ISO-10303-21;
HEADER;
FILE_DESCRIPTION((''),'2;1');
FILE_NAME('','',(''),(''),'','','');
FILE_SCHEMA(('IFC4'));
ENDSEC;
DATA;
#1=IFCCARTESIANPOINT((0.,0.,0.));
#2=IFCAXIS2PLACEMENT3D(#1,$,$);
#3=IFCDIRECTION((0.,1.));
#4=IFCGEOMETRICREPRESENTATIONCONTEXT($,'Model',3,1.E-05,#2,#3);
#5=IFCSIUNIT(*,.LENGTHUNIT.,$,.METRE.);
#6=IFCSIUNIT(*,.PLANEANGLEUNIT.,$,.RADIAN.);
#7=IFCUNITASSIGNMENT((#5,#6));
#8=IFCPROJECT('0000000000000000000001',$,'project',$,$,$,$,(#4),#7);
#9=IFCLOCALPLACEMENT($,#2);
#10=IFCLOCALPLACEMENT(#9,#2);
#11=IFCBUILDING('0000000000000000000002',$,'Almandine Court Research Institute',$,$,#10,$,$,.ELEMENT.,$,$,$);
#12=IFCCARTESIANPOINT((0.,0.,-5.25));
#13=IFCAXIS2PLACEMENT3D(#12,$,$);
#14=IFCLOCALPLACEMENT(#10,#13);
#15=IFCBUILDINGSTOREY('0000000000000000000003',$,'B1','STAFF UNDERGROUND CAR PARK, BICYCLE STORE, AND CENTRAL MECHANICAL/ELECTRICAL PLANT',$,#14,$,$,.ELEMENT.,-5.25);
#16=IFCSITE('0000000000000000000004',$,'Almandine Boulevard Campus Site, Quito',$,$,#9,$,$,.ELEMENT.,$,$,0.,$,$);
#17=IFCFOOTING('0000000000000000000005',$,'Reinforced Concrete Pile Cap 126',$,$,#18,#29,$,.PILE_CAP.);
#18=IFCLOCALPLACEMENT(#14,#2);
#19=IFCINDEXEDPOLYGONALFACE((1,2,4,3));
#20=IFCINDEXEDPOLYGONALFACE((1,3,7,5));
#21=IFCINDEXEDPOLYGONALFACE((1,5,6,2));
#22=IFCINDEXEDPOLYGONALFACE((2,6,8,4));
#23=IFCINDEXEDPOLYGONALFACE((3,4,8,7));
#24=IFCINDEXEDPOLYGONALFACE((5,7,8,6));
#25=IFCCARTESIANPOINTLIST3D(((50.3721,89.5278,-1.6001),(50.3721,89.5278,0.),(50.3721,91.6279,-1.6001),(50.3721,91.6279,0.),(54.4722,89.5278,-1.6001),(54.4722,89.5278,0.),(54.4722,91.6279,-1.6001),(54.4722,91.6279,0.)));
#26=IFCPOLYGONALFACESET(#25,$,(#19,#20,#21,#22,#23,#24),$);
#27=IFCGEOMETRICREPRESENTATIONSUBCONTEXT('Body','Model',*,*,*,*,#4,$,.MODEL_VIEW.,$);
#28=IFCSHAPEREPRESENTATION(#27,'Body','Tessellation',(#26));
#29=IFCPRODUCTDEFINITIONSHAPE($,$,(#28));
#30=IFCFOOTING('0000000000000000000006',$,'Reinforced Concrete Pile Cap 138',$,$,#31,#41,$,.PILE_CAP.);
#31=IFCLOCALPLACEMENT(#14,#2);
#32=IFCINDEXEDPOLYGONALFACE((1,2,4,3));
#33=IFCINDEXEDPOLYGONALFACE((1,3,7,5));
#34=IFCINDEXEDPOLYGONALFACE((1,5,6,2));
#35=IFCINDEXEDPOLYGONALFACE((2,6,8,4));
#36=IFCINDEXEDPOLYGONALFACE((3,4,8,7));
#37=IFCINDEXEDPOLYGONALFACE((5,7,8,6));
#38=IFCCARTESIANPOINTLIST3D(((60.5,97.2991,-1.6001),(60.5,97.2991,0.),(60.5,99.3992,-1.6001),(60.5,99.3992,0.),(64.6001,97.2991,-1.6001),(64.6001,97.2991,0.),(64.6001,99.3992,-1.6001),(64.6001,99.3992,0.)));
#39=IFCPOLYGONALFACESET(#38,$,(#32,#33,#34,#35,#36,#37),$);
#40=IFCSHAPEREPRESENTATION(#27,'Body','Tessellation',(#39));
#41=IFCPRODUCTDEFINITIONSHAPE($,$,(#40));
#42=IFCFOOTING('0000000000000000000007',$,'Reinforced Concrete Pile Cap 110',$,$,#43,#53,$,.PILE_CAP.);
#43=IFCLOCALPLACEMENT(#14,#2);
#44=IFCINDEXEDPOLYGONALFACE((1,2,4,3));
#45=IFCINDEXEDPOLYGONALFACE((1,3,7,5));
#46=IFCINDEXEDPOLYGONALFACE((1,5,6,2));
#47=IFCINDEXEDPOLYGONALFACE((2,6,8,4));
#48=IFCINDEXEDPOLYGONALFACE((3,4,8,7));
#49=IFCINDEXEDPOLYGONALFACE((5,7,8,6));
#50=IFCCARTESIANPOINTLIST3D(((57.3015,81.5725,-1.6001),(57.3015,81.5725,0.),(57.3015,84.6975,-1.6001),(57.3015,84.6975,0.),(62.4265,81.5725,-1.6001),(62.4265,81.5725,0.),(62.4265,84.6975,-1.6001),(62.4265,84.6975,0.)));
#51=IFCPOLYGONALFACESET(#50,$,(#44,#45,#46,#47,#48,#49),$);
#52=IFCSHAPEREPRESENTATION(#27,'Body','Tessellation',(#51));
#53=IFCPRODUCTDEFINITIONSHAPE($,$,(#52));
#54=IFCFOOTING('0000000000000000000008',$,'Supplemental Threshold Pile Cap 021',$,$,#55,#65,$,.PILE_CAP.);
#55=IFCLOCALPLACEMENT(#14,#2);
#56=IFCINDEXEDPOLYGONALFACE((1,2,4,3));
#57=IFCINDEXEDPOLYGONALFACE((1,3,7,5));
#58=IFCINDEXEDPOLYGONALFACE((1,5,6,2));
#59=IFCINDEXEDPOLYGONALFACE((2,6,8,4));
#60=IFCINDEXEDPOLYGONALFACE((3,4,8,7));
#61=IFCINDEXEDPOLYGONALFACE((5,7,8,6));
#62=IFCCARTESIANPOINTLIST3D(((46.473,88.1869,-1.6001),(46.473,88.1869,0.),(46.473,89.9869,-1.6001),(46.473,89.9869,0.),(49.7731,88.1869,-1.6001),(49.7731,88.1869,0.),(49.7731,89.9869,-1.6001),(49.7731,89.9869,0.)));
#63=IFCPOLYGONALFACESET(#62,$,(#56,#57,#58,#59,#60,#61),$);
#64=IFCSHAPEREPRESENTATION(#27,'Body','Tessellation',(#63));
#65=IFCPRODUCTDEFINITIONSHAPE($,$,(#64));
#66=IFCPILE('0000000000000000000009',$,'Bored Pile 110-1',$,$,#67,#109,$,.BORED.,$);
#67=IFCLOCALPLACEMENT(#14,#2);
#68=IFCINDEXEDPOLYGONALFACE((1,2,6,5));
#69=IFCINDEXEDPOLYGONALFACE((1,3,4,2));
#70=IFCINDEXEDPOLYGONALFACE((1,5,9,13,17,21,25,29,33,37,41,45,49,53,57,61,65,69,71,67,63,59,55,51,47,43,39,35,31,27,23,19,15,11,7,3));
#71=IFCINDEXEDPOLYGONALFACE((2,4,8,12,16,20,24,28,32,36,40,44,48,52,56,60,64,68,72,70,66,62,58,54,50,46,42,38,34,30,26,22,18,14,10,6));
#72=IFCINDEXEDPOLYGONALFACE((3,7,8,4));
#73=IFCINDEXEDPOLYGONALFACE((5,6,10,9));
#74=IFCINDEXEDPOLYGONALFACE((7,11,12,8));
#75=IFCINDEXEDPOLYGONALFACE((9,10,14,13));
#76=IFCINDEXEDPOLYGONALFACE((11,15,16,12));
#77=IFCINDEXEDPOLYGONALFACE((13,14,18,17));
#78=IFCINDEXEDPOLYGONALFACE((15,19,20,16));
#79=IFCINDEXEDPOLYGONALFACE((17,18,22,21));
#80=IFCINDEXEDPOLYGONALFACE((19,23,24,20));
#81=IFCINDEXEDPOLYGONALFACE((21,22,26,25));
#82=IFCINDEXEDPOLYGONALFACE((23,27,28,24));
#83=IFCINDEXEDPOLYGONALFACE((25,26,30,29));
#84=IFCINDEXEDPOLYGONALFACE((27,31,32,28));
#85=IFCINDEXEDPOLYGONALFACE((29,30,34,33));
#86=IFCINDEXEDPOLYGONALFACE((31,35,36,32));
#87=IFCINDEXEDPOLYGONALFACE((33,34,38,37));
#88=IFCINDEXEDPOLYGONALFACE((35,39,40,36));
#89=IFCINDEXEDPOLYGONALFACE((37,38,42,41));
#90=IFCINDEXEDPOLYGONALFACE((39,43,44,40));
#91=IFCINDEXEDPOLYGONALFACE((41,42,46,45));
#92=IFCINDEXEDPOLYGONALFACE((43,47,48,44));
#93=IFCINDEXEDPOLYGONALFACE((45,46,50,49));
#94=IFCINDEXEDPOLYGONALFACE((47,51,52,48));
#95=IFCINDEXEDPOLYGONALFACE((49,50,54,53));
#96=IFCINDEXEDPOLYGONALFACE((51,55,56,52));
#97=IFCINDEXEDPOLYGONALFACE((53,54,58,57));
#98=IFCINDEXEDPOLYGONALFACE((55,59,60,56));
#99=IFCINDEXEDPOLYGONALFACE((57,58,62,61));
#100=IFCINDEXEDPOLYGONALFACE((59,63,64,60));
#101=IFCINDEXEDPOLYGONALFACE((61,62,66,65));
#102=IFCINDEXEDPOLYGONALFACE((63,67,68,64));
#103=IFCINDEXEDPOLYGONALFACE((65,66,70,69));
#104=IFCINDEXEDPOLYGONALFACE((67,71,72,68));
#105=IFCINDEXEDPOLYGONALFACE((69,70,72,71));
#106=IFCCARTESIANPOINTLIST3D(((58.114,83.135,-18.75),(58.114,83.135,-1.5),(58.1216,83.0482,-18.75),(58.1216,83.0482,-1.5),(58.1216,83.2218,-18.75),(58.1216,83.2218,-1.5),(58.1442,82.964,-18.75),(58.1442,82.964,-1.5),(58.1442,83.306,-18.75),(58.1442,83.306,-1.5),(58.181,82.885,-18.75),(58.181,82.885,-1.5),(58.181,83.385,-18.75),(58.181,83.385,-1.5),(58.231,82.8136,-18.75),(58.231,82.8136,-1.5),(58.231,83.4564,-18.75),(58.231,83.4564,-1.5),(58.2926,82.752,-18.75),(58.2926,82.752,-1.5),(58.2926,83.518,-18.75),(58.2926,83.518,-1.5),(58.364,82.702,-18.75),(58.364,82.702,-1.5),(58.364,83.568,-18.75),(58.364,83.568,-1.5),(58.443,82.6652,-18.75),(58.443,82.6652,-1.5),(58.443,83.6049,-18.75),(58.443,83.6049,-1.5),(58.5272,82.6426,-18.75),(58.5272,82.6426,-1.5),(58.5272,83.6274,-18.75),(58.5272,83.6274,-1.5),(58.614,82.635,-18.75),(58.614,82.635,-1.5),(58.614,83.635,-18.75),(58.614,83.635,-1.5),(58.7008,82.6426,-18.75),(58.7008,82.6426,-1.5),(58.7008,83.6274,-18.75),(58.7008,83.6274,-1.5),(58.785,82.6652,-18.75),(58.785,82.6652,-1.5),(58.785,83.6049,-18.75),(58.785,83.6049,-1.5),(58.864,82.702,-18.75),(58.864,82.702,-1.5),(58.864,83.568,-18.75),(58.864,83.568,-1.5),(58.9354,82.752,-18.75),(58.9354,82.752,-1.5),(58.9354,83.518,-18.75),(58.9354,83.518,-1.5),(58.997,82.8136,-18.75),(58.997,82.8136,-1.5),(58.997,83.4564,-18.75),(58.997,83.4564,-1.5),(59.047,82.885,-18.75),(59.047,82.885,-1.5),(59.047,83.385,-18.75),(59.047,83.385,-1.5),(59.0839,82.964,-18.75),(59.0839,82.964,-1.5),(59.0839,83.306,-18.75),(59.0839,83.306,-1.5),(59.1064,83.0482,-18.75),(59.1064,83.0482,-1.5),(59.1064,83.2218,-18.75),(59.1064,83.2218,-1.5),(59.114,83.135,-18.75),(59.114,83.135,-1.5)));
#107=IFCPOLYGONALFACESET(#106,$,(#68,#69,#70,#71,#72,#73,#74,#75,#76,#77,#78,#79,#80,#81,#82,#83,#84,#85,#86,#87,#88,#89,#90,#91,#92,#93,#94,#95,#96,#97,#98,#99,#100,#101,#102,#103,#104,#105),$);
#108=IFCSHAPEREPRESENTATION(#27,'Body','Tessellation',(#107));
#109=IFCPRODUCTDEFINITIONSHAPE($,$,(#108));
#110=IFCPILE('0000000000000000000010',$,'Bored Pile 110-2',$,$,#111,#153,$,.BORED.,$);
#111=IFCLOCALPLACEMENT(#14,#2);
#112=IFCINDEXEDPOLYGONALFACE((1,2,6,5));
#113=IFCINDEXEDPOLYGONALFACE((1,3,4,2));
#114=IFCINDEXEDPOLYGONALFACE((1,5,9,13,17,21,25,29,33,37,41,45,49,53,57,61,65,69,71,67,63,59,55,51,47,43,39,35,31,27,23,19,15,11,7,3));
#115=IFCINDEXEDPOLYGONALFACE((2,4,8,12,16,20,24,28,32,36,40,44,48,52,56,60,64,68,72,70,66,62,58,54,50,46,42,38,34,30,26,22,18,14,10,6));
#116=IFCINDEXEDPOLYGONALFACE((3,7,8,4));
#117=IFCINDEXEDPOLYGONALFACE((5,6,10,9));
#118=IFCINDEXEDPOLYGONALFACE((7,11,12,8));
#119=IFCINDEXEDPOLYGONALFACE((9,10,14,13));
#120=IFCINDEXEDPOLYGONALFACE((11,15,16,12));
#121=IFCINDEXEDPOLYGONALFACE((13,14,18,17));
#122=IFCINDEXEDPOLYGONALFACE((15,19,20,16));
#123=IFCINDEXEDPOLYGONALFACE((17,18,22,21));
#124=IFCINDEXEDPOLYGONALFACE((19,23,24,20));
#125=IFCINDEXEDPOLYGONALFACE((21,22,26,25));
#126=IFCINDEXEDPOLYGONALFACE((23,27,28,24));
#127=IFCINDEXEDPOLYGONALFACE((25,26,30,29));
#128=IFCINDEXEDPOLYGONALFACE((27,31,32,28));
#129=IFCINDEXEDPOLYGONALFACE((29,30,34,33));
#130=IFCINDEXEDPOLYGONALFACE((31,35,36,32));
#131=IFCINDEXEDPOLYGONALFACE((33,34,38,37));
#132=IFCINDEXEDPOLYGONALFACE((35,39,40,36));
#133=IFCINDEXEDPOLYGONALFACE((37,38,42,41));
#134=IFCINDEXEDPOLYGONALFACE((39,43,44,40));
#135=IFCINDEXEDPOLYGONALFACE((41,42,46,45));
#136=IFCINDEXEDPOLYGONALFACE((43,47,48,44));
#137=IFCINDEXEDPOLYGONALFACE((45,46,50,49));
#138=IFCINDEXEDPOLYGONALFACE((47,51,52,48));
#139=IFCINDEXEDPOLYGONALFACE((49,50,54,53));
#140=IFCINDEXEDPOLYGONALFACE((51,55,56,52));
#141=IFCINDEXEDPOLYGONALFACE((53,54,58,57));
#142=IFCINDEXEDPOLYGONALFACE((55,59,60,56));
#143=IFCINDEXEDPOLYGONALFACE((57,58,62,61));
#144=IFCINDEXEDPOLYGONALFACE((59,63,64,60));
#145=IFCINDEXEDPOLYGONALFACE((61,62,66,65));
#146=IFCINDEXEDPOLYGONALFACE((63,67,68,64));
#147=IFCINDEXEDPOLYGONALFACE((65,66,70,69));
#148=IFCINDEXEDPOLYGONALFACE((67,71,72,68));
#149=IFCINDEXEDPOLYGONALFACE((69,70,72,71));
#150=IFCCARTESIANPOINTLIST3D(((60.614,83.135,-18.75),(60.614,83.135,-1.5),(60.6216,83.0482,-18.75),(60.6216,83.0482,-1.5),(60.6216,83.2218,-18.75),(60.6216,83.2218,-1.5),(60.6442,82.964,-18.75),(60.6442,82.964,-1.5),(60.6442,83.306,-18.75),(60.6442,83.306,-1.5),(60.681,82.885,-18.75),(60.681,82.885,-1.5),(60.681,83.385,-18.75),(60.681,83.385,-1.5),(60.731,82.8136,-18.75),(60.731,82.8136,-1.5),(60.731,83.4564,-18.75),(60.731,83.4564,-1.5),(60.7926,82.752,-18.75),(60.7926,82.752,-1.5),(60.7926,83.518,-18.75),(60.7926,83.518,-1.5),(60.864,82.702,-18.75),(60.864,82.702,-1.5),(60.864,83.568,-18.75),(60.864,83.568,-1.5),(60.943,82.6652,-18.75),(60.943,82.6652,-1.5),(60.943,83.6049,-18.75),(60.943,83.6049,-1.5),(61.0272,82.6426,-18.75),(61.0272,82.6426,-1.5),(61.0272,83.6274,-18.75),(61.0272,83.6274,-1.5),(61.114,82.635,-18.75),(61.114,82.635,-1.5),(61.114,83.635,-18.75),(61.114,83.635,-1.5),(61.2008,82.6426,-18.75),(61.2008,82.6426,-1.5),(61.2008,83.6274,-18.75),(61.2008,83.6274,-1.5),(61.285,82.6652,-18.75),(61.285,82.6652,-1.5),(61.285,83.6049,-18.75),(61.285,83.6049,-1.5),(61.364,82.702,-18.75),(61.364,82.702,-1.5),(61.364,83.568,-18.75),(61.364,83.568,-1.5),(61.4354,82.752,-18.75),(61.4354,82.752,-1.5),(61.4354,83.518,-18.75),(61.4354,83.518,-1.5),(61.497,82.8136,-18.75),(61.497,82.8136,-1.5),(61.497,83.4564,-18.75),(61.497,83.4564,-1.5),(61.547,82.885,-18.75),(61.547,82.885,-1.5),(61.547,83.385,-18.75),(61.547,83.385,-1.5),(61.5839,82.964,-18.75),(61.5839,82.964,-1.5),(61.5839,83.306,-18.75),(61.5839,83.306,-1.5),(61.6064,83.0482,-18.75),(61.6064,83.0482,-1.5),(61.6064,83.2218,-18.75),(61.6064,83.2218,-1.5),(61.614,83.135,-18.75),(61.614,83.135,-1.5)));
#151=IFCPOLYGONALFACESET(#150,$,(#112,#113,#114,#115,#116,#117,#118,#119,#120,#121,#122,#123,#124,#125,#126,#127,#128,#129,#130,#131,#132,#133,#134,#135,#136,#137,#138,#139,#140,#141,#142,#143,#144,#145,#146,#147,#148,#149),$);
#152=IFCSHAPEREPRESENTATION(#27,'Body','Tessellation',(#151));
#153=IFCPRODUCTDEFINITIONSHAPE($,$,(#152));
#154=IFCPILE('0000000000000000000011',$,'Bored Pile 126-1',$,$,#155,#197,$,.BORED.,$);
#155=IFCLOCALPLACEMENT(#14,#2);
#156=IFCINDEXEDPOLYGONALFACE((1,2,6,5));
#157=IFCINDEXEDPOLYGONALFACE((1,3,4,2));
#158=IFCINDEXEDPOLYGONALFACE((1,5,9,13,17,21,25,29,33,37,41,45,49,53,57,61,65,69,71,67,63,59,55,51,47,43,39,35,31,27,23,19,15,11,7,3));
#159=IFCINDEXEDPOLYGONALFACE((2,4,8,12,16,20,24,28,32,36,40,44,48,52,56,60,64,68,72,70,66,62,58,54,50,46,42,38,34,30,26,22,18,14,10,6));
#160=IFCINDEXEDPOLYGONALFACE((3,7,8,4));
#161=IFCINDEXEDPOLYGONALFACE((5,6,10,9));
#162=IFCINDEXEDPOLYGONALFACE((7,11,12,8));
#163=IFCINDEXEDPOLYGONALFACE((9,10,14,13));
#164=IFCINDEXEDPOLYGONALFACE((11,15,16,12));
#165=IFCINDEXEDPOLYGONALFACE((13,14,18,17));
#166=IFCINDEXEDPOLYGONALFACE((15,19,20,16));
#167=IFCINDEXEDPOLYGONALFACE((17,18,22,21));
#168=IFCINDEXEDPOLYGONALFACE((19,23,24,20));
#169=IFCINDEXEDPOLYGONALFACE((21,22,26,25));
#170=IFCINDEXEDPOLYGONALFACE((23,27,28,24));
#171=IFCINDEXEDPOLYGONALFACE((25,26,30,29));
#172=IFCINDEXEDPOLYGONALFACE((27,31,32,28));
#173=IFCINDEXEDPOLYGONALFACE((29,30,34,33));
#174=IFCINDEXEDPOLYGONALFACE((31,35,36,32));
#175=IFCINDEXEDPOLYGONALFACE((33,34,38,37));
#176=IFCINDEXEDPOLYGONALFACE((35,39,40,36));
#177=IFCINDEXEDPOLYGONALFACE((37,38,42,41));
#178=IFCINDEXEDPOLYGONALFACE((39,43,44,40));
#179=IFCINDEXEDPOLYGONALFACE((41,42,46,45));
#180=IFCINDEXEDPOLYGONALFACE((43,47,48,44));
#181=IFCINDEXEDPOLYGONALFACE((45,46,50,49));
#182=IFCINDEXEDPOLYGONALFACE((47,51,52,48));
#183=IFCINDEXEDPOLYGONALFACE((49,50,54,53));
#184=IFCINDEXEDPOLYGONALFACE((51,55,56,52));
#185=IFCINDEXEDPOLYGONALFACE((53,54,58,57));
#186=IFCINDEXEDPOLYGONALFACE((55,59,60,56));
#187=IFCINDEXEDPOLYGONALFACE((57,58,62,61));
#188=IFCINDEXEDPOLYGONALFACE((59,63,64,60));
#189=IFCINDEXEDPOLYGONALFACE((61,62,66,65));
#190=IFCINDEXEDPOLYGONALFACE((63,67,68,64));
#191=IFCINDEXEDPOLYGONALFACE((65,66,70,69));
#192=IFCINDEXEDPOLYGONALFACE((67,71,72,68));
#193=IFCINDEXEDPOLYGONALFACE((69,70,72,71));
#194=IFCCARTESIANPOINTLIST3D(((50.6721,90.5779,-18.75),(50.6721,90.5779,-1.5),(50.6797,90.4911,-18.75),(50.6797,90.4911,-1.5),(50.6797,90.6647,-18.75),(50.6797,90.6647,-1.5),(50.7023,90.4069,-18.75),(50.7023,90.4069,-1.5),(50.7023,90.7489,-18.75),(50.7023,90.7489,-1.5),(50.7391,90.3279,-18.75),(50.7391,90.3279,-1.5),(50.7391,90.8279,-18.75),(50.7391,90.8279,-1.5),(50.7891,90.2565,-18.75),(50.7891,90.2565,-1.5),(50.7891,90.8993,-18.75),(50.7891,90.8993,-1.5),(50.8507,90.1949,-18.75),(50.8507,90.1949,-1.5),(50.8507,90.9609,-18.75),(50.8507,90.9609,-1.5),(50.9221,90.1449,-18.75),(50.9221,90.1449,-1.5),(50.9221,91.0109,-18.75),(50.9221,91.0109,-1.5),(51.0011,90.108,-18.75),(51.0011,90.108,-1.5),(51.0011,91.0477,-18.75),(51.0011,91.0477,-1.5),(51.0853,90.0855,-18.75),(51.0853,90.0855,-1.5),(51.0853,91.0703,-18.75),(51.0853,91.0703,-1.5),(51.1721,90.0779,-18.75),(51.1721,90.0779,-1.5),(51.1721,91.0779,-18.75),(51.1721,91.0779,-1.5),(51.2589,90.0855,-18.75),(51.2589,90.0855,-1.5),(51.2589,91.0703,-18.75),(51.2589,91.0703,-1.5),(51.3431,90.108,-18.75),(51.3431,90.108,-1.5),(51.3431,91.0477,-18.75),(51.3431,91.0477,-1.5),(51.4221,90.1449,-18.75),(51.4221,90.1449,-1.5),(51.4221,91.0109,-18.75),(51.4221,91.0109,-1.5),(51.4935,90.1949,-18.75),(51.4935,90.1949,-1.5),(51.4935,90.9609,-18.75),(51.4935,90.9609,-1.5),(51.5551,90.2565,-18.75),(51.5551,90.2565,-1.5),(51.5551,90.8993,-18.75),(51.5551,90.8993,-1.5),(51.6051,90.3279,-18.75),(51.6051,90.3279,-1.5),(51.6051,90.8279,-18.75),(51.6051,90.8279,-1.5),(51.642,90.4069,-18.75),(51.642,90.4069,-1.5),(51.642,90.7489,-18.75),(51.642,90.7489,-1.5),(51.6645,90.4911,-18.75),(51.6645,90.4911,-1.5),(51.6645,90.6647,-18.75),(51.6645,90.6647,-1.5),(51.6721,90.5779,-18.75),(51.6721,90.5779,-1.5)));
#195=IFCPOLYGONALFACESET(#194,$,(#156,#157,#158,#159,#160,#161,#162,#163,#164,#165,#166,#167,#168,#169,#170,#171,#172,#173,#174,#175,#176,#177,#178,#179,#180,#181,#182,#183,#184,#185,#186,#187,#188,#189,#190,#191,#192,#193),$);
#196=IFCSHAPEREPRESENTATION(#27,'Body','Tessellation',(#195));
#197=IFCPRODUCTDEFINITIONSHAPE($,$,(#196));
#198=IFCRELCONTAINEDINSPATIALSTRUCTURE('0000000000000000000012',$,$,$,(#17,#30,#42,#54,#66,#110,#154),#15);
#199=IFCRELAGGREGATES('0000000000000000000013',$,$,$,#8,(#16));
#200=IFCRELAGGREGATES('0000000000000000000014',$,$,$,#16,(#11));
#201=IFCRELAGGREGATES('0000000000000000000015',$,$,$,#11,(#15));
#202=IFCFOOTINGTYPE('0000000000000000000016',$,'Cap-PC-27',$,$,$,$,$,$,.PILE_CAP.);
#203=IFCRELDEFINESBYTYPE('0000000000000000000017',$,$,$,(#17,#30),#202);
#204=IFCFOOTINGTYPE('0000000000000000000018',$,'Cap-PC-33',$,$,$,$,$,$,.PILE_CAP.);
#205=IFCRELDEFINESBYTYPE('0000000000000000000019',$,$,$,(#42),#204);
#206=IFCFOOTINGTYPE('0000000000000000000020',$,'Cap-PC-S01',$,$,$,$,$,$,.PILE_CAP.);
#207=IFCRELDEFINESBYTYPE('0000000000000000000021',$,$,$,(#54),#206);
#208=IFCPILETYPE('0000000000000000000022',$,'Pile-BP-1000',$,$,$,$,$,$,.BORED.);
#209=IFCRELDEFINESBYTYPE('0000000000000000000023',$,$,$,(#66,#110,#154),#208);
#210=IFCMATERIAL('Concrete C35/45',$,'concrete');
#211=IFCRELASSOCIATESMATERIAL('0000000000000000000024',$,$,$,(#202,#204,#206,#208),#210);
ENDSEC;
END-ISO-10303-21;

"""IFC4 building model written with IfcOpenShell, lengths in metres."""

from ifc_helpers import new_model, si_unit, direction, frame, origin, origin_2d, place, context, subcontext, project, spatial, rectangle, circle, extrude, material, material_profile, profile_set, type_object, element, save


model = new_model("IFC4")

# Units and contexts
model_context = context("Model", 3, precision=1e-05, world=origin(), true_north=direction((0.0, 1.0)))
body_context = subcontext(model_context, "Body", "Model", "MODEL_VIEW")
ifc_project = project(units=[si_unit("LENGTHUNIT", "METRE"), si_unit("PLANEANGLEUNIT", "RADIAN")], contexts=[model_context])

# Site, building, storey
site_placement = place(None, origin())
site = spatial("IfcSite", under=ifc_project, at=site_placement, Name="Almandine Boulevard Campus Site, Quito", CompositionType="ELEMENT", RefElevation=0.0)
building_placement = place(site_placement, origin())
building = spatial("IfcBuilding", under=site, at=building_placement, Name="Almandine Court Research Institute", CompositionType="ELEMENT")
storey_placement = place(building_placement, frame((0.0, 0.0, -5.25)))
storey = spatial("IfcBuildingStorey", under=building, at=storey_placement, Name="B1", Description="STAFF UNDERGROUND CAR PARK, BICYCLE STORE, AND CENTRAL MECHANICAL/ELECTRICAL PLANT", CompositionType="ELEMENT", Elevation=-5.25)

# Footings
ifc_material_1 = material(Name="Concrete C35/45", Category="concrete")
footing_type_1 = type_object("IfcFootingType", Name="Cap-PC-27", PredefinedType="PILE_CAP", material=ifc_material_1)
for number, where, z_axis, x_axis, name in (
    (1, (52.4221, 90.5779, -1.6001), (0.0, 0.0, 1.0), (1.0, 0.0, 0.0), "Reinforced Concrete Pile Cap 126"),
    (2, (62.55, 98.3491, -1.6001), (0.0, 0.0, 1.0), (1.0, 0.0, 0.0), "Reinforced Concrete Pile Cap 138"),
):
    element("IfcFooting", number, at=place(storey_placement, frame(where, z_axis=z_axis, x_axis=x_axis)), inside=storey, type_object=footing_type_1, Name=name, PredefinedType="PILE_CAP", context=body_context, shape_type="SweptSolid", body=[
        extrude(rectangle(XDim=4.1001, YDim=2.1001, at=origin_2d()), origin(), (0.0, 0.0, 1.0), 1.6001),
    ])
footing_type_2 = type_object("IfcFootingType", Name="Cap-PC-33", PredefinedType="PILE_CAP", material=ifc_material_1)
footing_1_placement = place(storey_placement, frame((59.864, 83.135, -1.6001), z_axis=(0.0, 0.0, 1.0), x_axis=(1.0, 0.0, 0.0)))
element("IfcFooting", 3, at=footing_1_placement, inside=storey, type_object=footing_type_2, Name="Reinforced Concrete Pile Cap 110", PredefinedType="PILE_CAP", context=body_context, shape_type="SweptSolid", body=[
    extrude(rectangle(XDim=5.125, YDim=3.125, at=origin_2d()), origin(), (0.0, 0.0, 1.0), 1.6001),
])
footing_type_3 = type_object("IfcFootingType", Name="Cap-PC-S01", PredefinedType="PILE_CAP", material=ifc_material_1)
footing_2_placement = place(storey_placement, frame((48.123, 89.0869, -1.6001), z_axis=(0.0, 0.0, 1.0), x_axis=(1.0, 0.0, 0.0)))
element("IfcFooting", 4, at=footing_2_placement, inside=storey, type_object=footing_type_3, Name="Supplemental Threshold Pile Cap 021", PredefinedType="PILE_CAP", context=body_context, shape_type="SweptSolid", body=[
    extrude(rectangle(XDim=3.3, YDim=1.8, at=origin_2d()), origin(), (0.0, 0.0, 1.0), 1.6001),
])

# Piles
ifc_material_profile_1 = material_profile(ifc_material_1, circle(Radius=0.5, at=origin_2d()), Name="BORED PILE D1000")
ifc_profile_set_1 = profile_set([ifc_material_profile_1], Name="Concrete C35/45")
pile_type_1 = type_object("IfcPileType", Name="Pile-BP-1000", PredefinedType="BORED", material=ifc_profile_set_1)
for number, where, z_axis, x_axis, name in (
    (5, (58.614, 83.135, -1.5), (0.0, 0.0, -1.0), (1.0, 0.0, 0.0), "Bored Pile 110-1"),
    (6, (61.114, 83.135, -1.5), (0.0, 0.0, -1.0), (1.0, 0.0, 0.0), "Bored Pile 110-2"),
    (7, (51.1721, 90.5779, -1.5), (0.0, 0.0, -1.0), (1.0, 0.0, 0.0), "Bored Pile 126-1"),
):
    element("IfcPile", number, at=place(storey_placement, frame(where, z_axis=z_axis, x_axis=x_axis)), inside=storey, type_object=pile_type_1, Name=name, PredefinedType="BORED", context=body_context, shape_type="SweptSolid", body=[
        extrude(circle(Radius=0.5, at=origin_2d()), origin(), (0.0, 0.0, 1.0), 17.25),
    ])

save(model, "model.ifc")
